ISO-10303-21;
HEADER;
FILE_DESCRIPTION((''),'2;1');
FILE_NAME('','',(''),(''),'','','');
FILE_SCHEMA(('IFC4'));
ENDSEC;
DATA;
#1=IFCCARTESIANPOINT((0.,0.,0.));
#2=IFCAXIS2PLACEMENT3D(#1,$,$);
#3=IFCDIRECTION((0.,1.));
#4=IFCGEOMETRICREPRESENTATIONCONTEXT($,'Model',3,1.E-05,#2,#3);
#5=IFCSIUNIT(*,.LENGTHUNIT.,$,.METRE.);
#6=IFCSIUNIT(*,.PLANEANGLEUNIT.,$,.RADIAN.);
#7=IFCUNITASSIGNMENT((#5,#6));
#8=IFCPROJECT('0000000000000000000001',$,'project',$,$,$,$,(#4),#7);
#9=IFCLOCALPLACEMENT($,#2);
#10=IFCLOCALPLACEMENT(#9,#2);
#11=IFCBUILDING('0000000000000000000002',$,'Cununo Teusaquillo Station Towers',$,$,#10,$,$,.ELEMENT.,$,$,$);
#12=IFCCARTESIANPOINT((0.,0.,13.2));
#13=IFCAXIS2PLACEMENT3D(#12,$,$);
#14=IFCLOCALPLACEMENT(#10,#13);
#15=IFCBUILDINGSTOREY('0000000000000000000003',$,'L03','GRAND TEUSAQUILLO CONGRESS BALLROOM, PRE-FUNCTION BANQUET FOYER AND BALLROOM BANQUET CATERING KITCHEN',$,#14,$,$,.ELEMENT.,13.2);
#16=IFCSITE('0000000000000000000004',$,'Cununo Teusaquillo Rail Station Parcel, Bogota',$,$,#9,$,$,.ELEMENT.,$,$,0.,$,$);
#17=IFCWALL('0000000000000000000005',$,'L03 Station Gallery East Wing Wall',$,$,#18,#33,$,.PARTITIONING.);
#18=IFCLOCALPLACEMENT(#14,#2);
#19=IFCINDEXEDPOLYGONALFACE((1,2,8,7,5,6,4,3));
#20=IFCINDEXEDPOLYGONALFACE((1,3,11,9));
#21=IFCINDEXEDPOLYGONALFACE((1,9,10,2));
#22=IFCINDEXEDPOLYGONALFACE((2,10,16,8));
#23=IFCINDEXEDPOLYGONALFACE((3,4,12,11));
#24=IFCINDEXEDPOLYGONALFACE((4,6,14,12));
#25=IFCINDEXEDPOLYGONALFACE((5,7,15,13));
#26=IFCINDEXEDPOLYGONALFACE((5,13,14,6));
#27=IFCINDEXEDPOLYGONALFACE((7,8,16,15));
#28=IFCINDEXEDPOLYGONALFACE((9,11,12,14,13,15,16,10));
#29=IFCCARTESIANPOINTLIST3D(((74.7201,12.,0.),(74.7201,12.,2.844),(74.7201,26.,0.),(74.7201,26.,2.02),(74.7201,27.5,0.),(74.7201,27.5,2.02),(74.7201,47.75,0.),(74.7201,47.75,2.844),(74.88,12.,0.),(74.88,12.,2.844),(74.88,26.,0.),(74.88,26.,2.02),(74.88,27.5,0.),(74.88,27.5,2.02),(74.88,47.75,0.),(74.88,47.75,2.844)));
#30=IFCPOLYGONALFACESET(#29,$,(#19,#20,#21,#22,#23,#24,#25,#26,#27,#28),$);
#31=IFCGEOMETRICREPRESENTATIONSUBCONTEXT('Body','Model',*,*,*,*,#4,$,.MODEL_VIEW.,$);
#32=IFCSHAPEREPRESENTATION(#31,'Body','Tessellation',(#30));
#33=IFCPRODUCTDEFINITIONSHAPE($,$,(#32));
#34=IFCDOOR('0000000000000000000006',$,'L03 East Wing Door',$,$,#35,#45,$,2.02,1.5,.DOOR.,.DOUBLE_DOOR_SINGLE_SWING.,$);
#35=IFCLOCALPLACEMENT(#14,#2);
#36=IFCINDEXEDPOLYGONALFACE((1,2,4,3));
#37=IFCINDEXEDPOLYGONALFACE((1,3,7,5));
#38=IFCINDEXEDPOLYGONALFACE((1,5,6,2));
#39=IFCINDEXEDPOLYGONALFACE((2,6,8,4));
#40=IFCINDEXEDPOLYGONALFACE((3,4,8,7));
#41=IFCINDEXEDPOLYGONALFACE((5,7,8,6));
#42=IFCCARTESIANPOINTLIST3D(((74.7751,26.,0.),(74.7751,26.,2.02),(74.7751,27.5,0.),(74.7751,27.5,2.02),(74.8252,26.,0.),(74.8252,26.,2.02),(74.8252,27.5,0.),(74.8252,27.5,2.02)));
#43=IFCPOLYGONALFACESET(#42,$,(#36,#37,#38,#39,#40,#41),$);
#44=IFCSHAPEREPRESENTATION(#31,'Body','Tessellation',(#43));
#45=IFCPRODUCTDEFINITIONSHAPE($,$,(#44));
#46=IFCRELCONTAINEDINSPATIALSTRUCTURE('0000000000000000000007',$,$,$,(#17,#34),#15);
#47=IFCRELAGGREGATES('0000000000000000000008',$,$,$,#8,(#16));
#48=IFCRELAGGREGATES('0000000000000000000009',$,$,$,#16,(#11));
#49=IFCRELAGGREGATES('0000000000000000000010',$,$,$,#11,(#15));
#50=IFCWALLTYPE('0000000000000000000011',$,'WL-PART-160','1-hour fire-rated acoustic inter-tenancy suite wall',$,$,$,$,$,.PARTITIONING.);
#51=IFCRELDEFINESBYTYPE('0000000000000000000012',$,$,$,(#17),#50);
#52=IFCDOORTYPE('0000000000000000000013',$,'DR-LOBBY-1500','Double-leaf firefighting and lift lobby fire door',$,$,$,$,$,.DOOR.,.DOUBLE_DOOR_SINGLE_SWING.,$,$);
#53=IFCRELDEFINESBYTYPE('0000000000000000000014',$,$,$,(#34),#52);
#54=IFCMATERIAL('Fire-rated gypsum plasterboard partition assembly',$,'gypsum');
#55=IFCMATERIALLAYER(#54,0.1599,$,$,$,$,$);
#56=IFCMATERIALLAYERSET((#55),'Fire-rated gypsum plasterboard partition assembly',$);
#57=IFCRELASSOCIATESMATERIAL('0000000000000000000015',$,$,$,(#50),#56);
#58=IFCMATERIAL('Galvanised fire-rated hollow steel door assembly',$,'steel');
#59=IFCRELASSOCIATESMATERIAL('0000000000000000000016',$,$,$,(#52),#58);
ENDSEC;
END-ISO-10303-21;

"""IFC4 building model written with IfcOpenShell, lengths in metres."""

from ifc_helpers import new_model, si_unit, direction, frame, frame_2d, origin, place, context, subcontext, project, spatial, rectangle, extrude, source, transform, mapped, material, layer, layer_set, type_object, element, fill, save


model = new_model("IFC4")

# Units and contexts
model_context = context("Model", 3, precision=1e-05, world=origin(), true_north=direction((0.0, 1.0)))
body_context = subcontext(model_context, "Body", "Model", "MODEL_VIEW")
ifc_project = project(units=[si_unit("LENGTHUNIT", "METRE"), si_unit("PLANEANGLEUNIT", "RADIAN")], contexts=[model_context])

# Site, building, storey
site_placement = place(None, origin())
site = spatial("IfcSite", under=ifc_project, at=site_placement, Name="Cununo Teusaquillo Rail Station Parcel, Bogota", CompositionType="ELEMENT", RefElevation=0.0)
building_placement = place(site_placement, origin())
building = spatial("IfcBuilding", under=site, at=building_placement, Name="Cununo Teusaquillo Station Towers", CompositionType="ELEMENT")
storey_placement = place(building_placement, frame((0.0, 0.0, 13.2)))
storey = spatial("IfcBuildingStorey", under=building, at=storey_placement, Name="L03", Description="GRAND TEUSAQUILLO CONGRESS BALLROOM, PRE-FUNCTION BANQUET FOYER AND BALLROOM BANQUET CATERING KITCHEN", CompositionType="ELEMENT", Elevation=13.2)

# Wall, opening, door
ifc_material_1 = material(Name="Fire-rated gypsum plasterboard partition assembly", Category="gypsum")
ifc_layer_1 = layer(ifc_material_1, 0.1599)
ifc_layer_set_1 = layer_set([ifc_layer_1], Name="Fire-rated gypsum plasterboard partition assembly")
wall_type_1 = type_object("IfcWallType", Name="WL-PART-160", Description="1-hour fire-rated acoustic inter-tenancy suite wall", PredefinedType="PARTITIONING", material=ifc_layer_set_1)
wall_1_placement = place(storey_placement, frame((74.8, 12.0, 0.0), z_axis=(0.0, 0.0, 1.0), x_axis=(0.0, 1.0, 0.0)))
wall_1 = element("IfcWall", 1, at=wall_1_placement, inside=storey, type_object=wall_type_1, Name="L03 Station Gallery East Wing Wall", PredefinedType="PARTITIONING", context=body_context, shape_type="SweptSolid", body=[
    extrude(rectangle(XDim=35.75, YDim=0.1599, at=frame_2d((17.875, 0.0))), origin(), (0.0, 0.0, 1.0), 2.844),
])
shared_shape_1 = source(origin(), body_context, "Body", "SweptSolid", [
    extrude(rectangle(XDim=1.5, YDim=2.02, at=frame_2d((0.75, 1.01))), frame((0.0, 0.0898, 0.0), z_axis=(0.0, -1.0, 0.0), x_axis=(1.0, 0.0, 0.0)), (0.0, 0.0, 1.0), 0.1799),
])
opening_1_placement = place(wall_1_placement, frame((14.0, 0.0, 0.0)))
opening_1 = element("IfcOpeningElement", 2, at=opening_1_placement, cuts=wall_1, PredefinedType="OPENING", context=body_context, shape_type="MappedRepresentation", body=[
    mapped(shared_shape_1, transform((0.0, 0.0, 0.0), x_axis=(1.0, 0.0, 0.0), y_axis=(0.0, 1.0, 0.0), z_axis=(0.0, 0.0, 1.0), scale=1.0)),
])
ifc_material_2 = material(Name="Galvanised fire-rated hollow steel door assembly", Category="steel")
door_type = type_object("IfcDoorType", Name="DR-LOBBY-1500", Description="Double-leaf firefighting and lift lobby fire door", OperationType="DOUBLE_DOOR_SINGLE_SWING", PredefinedType="DOOR", material=ifc_material_2)
shared_shape_2 = source(origin(), body_context, "Body", "SweptSolid", [
    extrude(rectangle(XDim=1.5, YDim=2.02, at=frame_2d((0.75, 1.01))), frame((0.0, 0.0249, 0.0), z_axis=(0.0, -1.0, 0.0), x_axis=(1.0, 0.0, 0.0)), (0.0, 0.0, 1.0), 0.05),
])
door_placement = place(opening_1_placement, origin())
door = element("IfcDoor", 3, at=door_placement, inside=storey, type_object=door_type, Name="L03 East Wing Door", OperationType="DOUBLE_DOOR_SINGLE_SWING", OverallHeight=2.02, OverallWidth=1.5, PredefinedType="DOOR", context=body_context, shape_type="MappedRepresentation", body=[
    mapped(shared_shape_2, transform((0.0, 0.0, 0.0), x_axis=(1.0, 0.0, 0.0), y_axis=(0.0, 1.0, 0.0), z_axis=(0.0, 0.0, 1.0), scale=1.0)),
])
fill(opening_1, door)

save(model, "model.ifc")
